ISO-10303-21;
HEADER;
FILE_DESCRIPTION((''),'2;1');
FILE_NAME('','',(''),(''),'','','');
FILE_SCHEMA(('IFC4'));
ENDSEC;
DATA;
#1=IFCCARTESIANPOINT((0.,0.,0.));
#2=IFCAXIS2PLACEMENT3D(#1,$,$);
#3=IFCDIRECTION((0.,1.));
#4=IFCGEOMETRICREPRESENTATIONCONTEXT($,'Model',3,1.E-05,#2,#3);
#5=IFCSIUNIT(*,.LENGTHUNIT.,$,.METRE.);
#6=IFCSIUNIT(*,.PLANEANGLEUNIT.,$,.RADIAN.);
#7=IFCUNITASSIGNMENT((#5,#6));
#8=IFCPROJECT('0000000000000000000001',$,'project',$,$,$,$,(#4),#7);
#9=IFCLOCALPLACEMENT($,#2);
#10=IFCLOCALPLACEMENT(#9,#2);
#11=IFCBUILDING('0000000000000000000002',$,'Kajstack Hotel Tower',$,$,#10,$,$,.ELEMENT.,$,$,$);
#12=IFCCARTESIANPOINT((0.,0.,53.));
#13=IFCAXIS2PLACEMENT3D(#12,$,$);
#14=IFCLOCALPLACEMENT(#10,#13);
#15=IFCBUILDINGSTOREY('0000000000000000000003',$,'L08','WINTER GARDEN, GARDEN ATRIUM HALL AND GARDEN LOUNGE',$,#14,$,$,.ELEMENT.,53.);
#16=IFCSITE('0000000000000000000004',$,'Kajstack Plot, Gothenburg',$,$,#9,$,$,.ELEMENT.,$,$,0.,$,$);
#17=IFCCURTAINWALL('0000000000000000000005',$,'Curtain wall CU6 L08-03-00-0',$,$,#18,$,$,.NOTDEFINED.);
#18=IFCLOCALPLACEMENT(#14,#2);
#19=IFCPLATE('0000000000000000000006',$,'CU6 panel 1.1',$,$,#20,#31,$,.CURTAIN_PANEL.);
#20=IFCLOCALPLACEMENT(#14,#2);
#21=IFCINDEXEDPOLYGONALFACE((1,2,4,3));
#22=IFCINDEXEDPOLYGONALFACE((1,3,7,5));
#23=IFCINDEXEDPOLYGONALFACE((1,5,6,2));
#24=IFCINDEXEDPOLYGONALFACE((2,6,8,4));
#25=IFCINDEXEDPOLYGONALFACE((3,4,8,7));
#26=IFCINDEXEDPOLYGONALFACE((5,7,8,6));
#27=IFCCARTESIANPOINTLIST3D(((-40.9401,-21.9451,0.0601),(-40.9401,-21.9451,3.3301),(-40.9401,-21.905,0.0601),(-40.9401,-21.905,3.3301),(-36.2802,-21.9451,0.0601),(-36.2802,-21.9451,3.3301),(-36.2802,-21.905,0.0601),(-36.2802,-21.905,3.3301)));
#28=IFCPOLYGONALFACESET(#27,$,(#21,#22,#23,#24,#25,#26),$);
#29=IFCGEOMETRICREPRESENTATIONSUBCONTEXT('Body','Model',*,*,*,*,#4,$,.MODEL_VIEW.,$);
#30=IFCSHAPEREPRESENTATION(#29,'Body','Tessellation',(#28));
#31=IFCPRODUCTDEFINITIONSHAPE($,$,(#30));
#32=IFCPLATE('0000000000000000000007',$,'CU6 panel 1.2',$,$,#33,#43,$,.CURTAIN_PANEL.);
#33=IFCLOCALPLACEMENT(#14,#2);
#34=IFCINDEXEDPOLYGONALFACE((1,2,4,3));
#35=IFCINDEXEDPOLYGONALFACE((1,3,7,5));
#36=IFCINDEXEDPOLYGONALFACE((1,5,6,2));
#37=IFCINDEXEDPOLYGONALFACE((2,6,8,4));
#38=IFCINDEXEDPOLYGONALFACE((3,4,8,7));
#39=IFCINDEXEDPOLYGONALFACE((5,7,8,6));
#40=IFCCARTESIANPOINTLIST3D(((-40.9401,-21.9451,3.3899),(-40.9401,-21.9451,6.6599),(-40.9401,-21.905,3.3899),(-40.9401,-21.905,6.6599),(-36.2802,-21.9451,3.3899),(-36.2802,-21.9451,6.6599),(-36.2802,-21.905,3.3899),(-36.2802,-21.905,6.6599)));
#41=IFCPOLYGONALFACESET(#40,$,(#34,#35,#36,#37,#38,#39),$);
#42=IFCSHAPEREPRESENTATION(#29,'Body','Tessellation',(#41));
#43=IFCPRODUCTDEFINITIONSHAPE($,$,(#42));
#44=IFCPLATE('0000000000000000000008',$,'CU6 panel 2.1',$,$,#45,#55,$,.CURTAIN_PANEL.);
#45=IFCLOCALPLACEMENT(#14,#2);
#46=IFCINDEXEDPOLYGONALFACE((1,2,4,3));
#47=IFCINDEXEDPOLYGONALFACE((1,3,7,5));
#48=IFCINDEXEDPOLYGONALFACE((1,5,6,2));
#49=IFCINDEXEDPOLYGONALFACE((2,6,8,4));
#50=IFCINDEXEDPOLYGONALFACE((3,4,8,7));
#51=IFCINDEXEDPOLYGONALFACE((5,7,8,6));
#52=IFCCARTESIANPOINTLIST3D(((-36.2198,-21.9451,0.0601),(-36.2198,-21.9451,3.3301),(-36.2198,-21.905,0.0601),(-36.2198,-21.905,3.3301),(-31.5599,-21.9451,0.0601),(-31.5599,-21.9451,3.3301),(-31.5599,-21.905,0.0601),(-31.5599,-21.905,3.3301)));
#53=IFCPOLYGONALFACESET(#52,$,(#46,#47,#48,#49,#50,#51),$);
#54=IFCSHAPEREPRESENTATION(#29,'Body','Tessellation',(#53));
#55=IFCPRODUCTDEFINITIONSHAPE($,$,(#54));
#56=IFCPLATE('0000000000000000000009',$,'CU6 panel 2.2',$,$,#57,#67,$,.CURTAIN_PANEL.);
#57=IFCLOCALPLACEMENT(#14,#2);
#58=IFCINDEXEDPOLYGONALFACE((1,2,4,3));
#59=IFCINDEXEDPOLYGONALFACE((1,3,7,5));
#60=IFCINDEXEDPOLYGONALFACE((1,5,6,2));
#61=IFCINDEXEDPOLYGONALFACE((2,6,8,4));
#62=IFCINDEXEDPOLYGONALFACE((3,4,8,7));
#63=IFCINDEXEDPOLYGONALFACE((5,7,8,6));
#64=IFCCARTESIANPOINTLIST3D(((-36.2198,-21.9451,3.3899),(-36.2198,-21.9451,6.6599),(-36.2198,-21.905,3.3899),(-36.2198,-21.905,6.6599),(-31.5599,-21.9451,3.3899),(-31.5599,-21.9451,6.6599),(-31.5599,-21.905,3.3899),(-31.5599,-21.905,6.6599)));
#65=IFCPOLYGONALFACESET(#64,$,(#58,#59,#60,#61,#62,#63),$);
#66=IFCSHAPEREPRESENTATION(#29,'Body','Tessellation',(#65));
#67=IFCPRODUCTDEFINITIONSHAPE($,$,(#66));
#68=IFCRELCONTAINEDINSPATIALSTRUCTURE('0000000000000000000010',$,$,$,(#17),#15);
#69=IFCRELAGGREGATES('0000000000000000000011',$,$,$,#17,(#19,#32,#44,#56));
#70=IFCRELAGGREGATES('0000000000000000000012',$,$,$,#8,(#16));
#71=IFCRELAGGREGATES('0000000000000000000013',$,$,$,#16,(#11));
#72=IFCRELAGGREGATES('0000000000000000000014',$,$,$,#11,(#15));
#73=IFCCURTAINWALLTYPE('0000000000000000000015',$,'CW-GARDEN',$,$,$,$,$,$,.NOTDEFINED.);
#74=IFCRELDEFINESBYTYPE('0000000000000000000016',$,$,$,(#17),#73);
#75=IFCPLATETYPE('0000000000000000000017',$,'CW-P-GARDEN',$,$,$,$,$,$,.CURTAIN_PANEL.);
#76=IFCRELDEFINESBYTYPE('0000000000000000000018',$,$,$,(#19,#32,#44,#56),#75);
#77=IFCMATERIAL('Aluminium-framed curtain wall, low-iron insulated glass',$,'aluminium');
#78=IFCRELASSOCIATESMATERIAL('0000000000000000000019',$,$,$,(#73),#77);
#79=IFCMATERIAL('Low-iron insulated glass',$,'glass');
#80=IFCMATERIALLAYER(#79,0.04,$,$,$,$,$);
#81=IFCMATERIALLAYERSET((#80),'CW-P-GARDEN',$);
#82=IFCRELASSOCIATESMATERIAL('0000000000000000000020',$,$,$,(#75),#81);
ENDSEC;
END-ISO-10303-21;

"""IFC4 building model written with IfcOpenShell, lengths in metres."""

from ifc_helpers import new_model, si_unit, direction, frame, origin, origin_2d, place, context, subcontext, project, spatial, rectangle, extrude, material, layer, layer_set, type_object, element, aggregate, save


model = new_model("IFC4")

# Units and contexts
model_context = context("Model", 3, precision=1e-05, world=origin(), true_north=direction((0.0, 1.0)))
body_context = subcontext(model_context, "Body", "Model", "MODEL_VIEW")
ifc_project = project(units=[si_unit("LENGTHUNIT", "METRE"), si_unit("PLANEANGLEUNIT", "RADIAN")], contexts=[model_context])

# Site, building, storey
site_placement = place(None, origin())
site = spatial("IfcSite", under=ifc_project, at=site_placement, Name="Kajstack Plot, Gothenburg", CompositionType="ELEMENT", RefElevation=0.0)
building_placement = place(site_placement, origin())
building = spatial("IfcBuilding", under=site, at=building_placement, Name="Kajstack Hotel Tower", CompositionType="ELEMENT")
storey_placement = place(building_placement, frame((0.0, 0.0, 53.0)))
storey = spatial("IfcBuildingStorey", under=building, at=storey_placement, Name="L08", Description="WINTER GARDEN, GARDEN ATRIUM HALL AND GARDEN LOUNGE", CompositionType="ELEMENT", Elevation=53.0)

# Curtain wall
ifc_material_1 = material(Name="Aluminium-framed curtain wall, low-iron insulated glass", Category="aluminium")
curtain_wall_type = type_object("IfcCurtainWallType", Name="CW-GARDEN", PredefinedType="NOTDEFINED", material=ifc_material_1)
curtain_wall_1_placement = place(storey_placement, origin())
curtain_wall_1 = element("IfcCurtainWall", 1, at=curtain_wall_1_placement, inside=storey, type_object=curtain_wall_type, Name="Curtain wall CU6 L08-03-00-0", PredefinedType="NOTDEFINED")

# Plates
ifc_material_2 = material(Name="Low-iron insulated glass", Category="glass")
ifc_layer = layer(ifc_material_2, 0.04)
ifc_layer_set = layer_set([ifc_layer], Name="CW-P-GARDEN")
plate_type = type_object("IfcPlateType", Name="CW-P-GARDEN", PredefinedType="CURTAIN_PANEL", material=ifc_layer_set)
plate_1_placement = place(storey_placement, frame((-38.6101, -21.925, 0.0601), z_axis=(0.0, 0.0, 1.0), x_axis=(1.0, 0.0, 0.0)))
plate_1 = element("IfcPlate", 2, at=plate_1_placement, type_object=plate_type, Name="CU6 panel 1.1", PredefinedType="CURTAIN_PANEL", context=body_context, shape_type="SweptSolid", body=[
    extrude(rectangle(XDim=4.6599, YDim=0.04, at=origin_2d()), origin(), (0.0, 0.0, 1.0), 3.27),
])
plate_2_placement = place(storey_placement, frame((-38.6101, -21.925, 3.3899), z_axis=(0.0, 0.0, 1.0), x_axis=(1.0, 0.0, 0.0)))
plate_2 = element("IfcPlate", 3, at=plate_2_placement, type_object=plate_type, Name="CU6 panel 1.2", PredefinedType="CURTAIN_PANEL", context=body_context, shape_type="SweptSolid", body=[
    extrude(rectangle(XDim=4.6599, YDim=0.04, at=origin_2d()), origin(), (0.0, 0.0, 1.0), 3.27),
])
plate_3_placement = place(storey_placement, frame((-33.8899, -21.925, 0.0601), z_axis=(0.0, 0.0, 1.0), x_axis=(1.0, 0.0, 0.0)))
plate_3 = element("IfcPlate", 4, at=plate_3_placement, type_object=plate_type, Name="CU6 panel 2.1", PredefinedType="CURTAIN_PANEL", context=body_context, shape_type="SweptSolid", body=[
    extrude(rectangle(XDim=4.6599, YDim=0.04, at=origin_2d()), origin(), (0.0, 0.0, 1.0), 3.27),
])
plate_4_placement = place(storey_placement, frame((-33.8899, -21.925, 3.3899), z_axis=(0.0, 0.0, 1.0), x_axis=(1.0, 0.0, 0.0)))
plate_4 = element("IfcPlate", 5, at=plate_4_placement, type_object=plate_type, Name="CU6 panel 2.2", PredefinedType="CURTAIN_PANEL", context=body_context, shape_type="SweptSolid", body=[
    extrude(rectangle(XDim=4.6599, YDim=0.04, at=origin_2d()), origin(), (0.0, 0.0, 1.0), 3.27),
])
aggregate(curtain_wall_1, [plate_1, plate_2, plate_3, plate_4])

save(model, "model.ifc")
